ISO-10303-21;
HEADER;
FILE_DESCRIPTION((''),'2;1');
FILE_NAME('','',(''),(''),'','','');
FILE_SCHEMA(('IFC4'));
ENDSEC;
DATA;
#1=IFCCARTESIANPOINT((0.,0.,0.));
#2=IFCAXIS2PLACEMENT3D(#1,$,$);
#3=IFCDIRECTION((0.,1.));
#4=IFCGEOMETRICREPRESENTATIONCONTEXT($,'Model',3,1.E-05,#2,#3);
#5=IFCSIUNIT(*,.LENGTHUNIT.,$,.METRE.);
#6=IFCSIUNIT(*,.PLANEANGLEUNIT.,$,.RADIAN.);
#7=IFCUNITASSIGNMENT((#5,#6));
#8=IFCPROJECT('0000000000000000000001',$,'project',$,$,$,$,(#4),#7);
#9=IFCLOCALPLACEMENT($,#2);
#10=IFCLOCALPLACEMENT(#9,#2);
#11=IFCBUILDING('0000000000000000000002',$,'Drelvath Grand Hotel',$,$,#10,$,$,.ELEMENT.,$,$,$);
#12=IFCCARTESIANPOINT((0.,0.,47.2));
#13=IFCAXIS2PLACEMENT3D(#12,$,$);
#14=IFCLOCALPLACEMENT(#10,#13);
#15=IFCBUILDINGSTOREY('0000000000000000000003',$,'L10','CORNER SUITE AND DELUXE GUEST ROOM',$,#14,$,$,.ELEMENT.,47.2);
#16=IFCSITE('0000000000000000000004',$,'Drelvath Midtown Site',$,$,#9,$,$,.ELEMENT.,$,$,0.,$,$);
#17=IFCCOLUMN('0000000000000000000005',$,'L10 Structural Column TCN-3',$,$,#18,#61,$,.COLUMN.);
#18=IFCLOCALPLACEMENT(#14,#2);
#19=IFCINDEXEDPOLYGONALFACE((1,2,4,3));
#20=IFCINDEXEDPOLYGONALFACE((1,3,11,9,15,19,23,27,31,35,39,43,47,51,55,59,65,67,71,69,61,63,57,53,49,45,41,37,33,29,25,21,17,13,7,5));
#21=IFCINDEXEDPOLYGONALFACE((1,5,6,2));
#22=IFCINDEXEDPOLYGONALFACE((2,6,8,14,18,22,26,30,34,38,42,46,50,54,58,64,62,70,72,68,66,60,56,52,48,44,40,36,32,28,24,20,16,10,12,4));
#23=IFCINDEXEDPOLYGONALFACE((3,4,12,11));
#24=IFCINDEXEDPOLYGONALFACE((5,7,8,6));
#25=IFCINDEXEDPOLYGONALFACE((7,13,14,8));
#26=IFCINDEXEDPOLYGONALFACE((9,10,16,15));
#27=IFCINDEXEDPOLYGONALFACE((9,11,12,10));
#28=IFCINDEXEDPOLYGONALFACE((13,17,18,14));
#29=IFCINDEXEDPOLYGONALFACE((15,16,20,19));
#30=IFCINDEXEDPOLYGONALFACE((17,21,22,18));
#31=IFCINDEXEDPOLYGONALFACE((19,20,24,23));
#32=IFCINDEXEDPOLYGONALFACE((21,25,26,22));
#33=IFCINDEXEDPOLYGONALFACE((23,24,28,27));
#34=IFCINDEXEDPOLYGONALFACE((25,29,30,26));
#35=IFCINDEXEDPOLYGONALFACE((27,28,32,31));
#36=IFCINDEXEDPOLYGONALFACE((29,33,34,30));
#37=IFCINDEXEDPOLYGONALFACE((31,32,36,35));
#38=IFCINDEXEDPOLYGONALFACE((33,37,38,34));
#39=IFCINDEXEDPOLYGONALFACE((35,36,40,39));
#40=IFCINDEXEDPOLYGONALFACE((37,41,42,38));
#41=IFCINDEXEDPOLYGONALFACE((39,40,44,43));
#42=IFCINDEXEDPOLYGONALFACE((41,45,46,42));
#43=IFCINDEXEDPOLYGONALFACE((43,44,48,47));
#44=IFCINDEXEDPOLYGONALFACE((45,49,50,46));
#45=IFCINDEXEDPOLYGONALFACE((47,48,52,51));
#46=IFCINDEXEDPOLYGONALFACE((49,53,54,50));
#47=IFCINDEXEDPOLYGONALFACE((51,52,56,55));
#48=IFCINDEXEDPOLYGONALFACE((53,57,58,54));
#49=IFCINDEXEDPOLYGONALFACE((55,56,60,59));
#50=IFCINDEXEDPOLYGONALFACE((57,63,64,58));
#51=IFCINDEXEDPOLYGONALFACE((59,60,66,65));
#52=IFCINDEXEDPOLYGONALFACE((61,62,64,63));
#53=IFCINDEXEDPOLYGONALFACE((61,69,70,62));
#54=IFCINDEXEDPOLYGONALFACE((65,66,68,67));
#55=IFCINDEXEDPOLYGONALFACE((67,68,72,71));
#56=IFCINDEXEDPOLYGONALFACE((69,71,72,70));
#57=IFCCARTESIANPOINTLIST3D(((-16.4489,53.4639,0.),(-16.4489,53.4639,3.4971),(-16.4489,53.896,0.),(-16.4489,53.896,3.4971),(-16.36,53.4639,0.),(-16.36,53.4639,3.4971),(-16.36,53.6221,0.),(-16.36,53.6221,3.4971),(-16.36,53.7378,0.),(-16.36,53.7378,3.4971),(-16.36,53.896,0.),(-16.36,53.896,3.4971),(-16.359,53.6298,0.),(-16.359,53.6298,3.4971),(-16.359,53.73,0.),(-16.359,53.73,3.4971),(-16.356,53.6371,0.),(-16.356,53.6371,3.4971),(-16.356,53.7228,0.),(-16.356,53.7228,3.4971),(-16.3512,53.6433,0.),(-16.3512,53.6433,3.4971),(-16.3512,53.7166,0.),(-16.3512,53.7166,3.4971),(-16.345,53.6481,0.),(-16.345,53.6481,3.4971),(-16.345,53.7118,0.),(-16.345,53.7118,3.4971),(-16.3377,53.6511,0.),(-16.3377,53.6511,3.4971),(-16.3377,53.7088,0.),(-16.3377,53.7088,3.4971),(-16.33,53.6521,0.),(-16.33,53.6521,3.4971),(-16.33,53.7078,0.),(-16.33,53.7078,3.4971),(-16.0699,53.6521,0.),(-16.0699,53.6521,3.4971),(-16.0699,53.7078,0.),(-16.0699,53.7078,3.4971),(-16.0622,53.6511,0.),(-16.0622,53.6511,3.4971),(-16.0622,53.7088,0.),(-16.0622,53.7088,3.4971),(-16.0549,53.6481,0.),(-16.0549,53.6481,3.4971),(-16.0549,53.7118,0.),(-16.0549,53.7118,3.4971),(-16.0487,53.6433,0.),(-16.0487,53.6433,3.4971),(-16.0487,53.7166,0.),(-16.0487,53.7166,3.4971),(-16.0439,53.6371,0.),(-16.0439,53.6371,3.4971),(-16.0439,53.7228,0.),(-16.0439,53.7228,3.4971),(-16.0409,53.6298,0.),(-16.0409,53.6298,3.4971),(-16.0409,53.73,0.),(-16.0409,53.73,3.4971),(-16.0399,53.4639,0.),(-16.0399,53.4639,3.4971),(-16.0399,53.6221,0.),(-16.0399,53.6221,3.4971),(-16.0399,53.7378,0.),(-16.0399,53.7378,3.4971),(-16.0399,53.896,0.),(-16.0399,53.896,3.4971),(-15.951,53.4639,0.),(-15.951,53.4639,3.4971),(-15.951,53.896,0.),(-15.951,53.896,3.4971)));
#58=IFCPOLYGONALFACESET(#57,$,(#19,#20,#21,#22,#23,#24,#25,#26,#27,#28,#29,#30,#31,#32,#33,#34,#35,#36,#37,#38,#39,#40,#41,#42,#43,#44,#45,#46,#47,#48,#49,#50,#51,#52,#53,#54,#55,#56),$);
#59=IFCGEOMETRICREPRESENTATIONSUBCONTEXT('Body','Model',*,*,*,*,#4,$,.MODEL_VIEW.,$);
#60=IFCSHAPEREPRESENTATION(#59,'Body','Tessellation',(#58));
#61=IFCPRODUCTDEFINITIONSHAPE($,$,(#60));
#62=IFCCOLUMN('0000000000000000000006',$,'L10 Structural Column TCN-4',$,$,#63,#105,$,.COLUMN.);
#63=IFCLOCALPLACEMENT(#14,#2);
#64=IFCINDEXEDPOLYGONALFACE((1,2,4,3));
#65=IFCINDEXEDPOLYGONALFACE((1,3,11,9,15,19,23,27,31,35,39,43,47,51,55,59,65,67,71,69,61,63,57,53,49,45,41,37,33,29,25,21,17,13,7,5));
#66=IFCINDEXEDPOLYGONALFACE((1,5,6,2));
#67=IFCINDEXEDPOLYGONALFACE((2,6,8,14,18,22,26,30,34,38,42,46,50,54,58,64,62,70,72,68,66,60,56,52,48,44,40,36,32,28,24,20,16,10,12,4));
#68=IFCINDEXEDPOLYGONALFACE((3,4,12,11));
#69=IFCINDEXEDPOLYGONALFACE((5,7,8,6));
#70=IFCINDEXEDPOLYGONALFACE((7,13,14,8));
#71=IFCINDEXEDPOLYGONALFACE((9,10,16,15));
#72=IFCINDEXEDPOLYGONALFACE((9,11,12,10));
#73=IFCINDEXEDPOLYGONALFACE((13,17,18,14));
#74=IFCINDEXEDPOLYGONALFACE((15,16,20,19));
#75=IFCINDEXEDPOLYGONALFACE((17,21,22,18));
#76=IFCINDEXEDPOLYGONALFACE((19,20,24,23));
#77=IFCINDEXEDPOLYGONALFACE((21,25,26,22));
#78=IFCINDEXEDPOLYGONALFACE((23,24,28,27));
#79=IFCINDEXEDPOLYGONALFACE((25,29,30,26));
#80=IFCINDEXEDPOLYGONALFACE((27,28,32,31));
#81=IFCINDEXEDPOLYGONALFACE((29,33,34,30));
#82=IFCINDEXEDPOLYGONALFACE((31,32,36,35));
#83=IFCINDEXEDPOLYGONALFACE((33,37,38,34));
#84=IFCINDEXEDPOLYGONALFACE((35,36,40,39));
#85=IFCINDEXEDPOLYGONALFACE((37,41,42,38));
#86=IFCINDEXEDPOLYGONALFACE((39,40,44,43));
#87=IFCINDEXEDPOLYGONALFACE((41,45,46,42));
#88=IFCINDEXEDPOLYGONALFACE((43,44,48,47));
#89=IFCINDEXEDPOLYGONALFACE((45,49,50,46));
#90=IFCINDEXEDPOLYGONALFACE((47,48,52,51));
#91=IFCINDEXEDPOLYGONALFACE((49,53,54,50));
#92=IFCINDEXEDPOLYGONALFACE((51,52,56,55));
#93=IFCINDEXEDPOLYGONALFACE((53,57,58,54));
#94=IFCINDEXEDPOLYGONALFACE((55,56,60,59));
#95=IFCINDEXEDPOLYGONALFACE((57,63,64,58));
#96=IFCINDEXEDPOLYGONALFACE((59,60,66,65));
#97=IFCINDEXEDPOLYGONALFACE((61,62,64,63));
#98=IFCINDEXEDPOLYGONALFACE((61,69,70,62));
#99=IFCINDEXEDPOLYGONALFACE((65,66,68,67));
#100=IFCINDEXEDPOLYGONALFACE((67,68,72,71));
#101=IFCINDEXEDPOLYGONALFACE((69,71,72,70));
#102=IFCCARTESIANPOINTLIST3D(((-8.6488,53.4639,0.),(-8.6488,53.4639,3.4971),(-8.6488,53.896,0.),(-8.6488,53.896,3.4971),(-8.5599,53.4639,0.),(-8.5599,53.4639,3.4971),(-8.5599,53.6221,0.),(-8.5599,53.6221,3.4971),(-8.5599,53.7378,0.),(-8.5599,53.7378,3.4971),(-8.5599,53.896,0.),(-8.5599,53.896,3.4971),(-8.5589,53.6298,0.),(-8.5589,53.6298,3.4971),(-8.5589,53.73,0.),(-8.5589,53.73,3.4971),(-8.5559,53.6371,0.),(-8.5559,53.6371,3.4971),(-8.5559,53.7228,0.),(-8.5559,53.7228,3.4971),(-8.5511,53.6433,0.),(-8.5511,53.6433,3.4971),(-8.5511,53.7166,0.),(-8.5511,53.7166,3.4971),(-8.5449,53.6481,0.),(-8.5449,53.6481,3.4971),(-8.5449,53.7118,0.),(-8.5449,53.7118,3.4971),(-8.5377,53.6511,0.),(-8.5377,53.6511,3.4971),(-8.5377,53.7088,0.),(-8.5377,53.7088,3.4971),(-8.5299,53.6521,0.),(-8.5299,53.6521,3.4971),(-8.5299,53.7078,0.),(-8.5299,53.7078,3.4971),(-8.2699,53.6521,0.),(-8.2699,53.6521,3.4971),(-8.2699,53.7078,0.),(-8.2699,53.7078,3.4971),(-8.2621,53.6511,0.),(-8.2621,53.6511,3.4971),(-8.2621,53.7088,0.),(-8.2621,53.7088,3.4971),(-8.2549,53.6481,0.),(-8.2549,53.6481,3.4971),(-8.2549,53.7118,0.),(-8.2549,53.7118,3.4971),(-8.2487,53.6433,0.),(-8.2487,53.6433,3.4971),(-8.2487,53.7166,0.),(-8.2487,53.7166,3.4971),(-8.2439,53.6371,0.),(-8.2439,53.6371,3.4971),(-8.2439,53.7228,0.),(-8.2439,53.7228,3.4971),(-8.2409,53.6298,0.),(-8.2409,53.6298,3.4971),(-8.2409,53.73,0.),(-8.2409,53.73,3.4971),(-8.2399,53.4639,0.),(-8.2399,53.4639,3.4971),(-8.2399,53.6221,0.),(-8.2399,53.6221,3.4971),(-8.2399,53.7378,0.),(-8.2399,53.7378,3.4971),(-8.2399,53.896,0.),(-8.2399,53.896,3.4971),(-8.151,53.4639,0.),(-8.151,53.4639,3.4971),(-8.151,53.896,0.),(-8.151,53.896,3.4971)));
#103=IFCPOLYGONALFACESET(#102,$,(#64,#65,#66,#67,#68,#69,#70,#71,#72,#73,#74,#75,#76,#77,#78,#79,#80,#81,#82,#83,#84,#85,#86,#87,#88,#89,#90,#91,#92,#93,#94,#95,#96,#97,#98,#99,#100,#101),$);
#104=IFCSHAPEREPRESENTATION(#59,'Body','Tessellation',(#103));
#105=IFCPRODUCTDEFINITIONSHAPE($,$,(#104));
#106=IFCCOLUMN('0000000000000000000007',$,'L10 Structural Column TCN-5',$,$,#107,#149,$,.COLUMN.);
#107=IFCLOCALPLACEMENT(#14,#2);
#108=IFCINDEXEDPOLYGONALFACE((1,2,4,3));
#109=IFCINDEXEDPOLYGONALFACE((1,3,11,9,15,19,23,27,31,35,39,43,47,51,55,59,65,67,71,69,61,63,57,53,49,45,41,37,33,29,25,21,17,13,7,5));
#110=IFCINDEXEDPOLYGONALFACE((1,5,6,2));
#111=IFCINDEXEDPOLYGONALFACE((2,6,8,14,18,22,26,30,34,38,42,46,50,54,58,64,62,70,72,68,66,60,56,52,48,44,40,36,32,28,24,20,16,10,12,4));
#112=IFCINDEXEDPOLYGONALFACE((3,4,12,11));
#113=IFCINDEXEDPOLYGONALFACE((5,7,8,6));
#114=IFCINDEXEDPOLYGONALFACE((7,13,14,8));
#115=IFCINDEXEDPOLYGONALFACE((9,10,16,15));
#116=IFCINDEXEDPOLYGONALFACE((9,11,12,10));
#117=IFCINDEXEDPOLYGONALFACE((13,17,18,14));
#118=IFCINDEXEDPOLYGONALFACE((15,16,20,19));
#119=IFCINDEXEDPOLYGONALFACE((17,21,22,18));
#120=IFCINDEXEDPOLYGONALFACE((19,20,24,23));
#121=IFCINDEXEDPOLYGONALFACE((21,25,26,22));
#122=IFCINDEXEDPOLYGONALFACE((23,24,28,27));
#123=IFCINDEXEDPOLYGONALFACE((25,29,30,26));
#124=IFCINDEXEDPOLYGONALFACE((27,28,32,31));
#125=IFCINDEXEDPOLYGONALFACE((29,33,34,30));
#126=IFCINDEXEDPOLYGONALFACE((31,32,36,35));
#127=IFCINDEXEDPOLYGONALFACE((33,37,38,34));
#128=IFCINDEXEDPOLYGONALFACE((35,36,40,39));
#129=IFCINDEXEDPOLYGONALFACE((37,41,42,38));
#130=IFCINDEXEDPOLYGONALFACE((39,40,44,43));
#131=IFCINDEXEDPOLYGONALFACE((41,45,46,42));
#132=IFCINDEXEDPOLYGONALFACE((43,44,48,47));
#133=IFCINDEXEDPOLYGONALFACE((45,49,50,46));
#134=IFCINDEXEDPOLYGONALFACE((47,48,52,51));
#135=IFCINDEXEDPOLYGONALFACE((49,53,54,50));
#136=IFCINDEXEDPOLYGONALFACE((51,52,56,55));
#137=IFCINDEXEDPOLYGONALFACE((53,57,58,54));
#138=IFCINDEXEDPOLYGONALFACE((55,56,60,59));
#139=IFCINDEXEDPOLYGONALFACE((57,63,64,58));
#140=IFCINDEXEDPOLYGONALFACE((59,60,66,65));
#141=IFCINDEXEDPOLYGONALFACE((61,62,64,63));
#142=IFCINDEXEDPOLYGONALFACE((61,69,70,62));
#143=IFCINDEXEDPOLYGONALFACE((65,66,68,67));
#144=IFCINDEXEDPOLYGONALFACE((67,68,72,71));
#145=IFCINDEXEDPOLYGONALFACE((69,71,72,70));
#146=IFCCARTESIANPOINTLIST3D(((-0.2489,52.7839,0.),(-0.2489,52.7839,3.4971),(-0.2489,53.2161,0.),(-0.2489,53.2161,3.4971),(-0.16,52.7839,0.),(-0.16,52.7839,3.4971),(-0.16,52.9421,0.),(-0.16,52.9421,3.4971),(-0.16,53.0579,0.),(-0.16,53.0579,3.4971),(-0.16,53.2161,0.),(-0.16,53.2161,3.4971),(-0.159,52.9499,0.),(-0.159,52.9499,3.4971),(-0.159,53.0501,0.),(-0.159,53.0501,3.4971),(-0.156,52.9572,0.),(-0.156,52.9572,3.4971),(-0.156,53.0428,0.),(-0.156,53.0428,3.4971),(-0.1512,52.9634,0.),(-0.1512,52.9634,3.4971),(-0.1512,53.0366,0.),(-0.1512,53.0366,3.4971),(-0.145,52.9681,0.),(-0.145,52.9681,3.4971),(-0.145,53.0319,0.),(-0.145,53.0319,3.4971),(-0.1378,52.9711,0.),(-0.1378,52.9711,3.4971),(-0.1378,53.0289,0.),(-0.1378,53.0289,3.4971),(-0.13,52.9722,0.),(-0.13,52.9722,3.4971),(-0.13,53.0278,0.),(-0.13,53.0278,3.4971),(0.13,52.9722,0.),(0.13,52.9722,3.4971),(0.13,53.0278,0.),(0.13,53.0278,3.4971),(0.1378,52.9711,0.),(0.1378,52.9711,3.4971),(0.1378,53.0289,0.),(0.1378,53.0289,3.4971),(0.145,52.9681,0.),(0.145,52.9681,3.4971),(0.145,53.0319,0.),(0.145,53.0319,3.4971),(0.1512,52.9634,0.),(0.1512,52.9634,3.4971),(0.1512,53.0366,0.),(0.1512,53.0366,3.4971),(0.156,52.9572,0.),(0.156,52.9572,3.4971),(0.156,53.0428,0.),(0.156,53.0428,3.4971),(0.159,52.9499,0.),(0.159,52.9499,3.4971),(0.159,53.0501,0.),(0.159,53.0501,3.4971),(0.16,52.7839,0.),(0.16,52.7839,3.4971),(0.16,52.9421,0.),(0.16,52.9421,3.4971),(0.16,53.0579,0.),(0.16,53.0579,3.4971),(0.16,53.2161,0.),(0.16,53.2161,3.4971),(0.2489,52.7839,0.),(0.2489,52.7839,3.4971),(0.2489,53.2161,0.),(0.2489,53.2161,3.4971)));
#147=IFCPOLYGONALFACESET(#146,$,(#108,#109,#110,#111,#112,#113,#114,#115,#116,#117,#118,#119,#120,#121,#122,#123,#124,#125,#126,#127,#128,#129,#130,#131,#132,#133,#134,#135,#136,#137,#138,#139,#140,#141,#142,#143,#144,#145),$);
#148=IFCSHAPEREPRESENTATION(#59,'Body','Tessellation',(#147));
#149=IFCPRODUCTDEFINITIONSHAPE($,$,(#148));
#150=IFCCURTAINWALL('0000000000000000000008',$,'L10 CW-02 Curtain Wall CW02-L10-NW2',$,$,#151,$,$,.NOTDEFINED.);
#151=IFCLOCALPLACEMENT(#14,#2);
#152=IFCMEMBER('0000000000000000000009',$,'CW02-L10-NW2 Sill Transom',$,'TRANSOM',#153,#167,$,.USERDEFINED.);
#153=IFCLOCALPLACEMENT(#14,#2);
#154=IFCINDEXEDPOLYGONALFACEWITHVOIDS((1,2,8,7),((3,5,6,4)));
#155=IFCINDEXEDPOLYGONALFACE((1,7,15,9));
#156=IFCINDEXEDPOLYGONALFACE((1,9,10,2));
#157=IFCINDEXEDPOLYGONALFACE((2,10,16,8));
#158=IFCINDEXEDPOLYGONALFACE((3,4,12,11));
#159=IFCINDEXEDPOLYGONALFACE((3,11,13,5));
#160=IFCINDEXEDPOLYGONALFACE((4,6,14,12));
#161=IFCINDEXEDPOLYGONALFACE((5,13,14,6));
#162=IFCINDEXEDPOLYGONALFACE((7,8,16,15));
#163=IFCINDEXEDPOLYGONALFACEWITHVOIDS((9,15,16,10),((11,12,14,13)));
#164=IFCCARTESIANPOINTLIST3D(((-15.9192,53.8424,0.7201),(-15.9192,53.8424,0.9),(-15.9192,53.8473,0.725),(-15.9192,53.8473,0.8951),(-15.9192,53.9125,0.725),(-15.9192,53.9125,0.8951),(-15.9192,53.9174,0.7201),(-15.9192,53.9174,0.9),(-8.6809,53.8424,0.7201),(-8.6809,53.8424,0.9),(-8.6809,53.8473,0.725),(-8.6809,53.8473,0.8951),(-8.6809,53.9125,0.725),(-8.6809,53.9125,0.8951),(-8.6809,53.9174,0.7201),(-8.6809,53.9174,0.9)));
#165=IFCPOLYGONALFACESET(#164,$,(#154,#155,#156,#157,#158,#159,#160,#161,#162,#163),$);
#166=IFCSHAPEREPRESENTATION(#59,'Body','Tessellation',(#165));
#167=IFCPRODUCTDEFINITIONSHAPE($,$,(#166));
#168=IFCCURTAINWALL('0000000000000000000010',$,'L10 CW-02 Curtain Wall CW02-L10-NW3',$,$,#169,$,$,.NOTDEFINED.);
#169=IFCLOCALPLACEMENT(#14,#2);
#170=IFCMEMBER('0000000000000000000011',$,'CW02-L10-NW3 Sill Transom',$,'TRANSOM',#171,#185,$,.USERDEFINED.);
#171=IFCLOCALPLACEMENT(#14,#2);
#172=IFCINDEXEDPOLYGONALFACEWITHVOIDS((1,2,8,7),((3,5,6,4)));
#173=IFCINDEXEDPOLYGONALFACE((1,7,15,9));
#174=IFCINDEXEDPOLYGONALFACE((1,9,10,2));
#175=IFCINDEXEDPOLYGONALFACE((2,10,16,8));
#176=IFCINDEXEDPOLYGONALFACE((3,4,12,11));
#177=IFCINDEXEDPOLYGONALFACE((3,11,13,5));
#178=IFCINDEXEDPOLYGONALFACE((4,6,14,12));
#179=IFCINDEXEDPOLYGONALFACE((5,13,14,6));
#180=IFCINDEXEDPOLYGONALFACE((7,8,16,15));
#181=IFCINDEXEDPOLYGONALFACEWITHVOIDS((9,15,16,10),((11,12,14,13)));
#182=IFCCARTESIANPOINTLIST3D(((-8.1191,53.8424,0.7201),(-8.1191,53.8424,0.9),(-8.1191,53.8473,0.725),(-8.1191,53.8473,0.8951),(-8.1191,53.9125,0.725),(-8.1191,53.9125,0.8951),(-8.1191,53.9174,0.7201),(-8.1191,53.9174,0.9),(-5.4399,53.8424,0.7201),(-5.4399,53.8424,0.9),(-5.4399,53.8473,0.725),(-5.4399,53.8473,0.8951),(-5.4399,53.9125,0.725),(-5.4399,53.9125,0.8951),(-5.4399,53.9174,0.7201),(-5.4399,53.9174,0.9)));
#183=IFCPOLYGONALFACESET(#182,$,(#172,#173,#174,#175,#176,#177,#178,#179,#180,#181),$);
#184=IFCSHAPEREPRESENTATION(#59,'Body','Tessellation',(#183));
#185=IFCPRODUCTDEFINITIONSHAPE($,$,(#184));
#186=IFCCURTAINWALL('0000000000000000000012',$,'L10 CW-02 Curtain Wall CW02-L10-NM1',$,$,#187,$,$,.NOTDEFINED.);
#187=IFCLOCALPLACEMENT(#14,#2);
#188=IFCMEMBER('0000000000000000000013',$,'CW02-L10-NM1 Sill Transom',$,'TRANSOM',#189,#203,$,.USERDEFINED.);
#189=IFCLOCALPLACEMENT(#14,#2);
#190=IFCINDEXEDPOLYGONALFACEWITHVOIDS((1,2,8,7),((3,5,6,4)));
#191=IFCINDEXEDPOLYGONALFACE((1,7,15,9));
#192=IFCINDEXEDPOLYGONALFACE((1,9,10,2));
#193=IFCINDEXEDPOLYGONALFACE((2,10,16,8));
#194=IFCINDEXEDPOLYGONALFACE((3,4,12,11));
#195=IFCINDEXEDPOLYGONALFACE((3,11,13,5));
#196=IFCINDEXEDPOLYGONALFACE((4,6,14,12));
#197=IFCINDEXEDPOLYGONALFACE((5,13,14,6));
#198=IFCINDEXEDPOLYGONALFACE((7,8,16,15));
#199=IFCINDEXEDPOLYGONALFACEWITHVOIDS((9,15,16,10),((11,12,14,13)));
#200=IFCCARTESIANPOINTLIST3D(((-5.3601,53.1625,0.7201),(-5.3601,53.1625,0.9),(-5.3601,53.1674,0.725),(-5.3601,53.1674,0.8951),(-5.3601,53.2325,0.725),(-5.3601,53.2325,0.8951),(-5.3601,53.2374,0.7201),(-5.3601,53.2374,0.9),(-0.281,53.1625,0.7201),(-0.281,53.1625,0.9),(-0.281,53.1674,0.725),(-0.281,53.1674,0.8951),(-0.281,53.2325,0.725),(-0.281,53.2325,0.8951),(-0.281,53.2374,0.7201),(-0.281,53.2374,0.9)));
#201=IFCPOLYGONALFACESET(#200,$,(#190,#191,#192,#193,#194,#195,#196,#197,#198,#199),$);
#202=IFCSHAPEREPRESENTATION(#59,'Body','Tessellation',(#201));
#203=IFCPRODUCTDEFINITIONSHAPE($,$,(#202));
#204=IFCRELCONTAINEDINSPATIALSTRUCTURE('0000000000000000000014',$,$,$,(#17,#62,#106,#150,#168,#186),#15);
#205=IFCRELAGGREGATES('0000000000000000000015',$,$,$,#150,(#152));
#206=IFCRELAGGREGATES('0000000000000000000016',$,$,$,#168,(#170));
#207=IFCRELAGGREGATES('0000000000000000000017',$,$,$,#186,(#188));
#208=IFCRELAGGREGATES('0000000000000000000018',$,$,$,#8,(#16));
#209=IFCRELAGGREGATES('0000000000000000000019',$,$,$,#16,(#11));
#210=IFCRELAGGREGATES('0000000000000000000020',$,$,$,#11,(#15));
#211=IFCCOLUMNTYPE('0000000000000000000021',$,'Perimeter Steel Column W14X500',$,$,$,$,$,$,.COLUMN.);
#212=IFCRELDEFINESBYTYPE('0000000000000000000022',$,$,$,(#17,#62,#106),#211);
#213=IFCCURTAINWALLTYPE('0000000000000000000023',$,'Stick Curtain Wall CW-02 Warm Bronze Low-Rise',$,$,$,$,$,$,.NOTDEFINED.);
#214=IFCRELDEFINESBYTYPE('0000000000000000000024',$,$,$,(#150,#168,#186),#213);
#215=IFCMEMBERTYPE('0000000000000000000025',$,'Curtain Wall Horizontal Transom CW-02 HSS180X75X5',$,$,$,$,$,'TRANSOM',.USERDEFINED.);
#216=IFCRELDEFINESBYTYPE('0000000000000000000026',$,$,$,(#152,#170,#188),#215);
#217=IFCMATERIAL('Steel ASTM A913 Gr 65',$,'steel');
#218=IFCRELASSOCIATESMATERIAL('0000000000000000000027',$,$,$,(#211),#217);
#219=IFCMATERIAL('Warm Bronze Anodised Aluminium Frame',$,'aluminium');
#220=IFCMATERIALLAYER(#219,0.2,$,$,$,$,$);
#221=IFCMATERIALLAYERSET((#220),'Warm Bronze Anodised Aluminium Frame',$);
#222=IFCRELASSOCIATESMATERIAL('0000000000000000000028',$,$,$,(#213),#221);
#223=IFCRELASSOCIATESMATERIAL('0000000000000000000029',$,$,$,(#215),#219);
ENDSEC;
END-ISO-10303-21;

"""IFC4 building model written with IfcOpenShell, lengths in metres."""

from ifc_helpers import new_model, si_unit, direction, frame, origin, origin_2d, place, context, subcontext, project, spatial, hollow_rectangle, i_section, extrude, material, layer, layer_set, material_profile, profile_set, type_object, element, aggregate, save


model = new_model("IFC4")

# Units and contexts
model_context = context("Model", 3, precision=1e-05, world=origin(), true_north=direction((0.0, 1.0)))
body_context = subcontext(model_context, "Body", "Model", "MODEL_VIEW")
ifc_project = project(units=[si_unit("LENGTHUNIT", "METRE"), si_unit("PLANEANGLEUNIT", "RADIAN")], contexts=[model_context])

# Site, building, storey
site_placement = place(None, origin())
site = spatial("IfcSite", under=ifc_project, at=site_placement, Name="Drelvath Midtown Site", CompositionType="ELEMENT", RefElevation=0.0)
building_placement = place(site_placement, origin())
building = spatial("IfcBuilding", under=site, at=building_placement, Name="Drelvath Grand Hotel", CompositionType="ELEMENT")
storey_placement = place(building_placement, frame((0.0, 0.0, 47.2)))
storey = spatial("IfcBuildingStorey", under=building, at=storey_placement, Name="L10", Description="CORNER SUITE AND DELUXE GUEST ROOM", CompositionType="ELEMENT", Elevation=47.2)

# Columns
ifc_material_1 = material(Name="Steel ASTM A913 Gr 65", Category="steel")
ifc_material_profile_1 = material_profile(ifc_material_1, i_section(OverallWidth=0.4321, OverallDepth=0.4978, WebThickness=0.0557, FlangeThickness=0.0889, FilletRadius=0.03, at=origin_2d()), Name="W14X500")
ifc_profile_set_1 = profile_set([ifc_material_profile_1], Name="Steel ASTM A913 Gr 65")
column_type = type_object("IfcColumnType", Name="Perimeter Steel Column W14X500", PredefinedType="COLUMN", material=ifc_profile_set_1)
for number, where, z_axis, x_axis, name in (
    (1, (-16.2, 53.6799, 0.0), (0.0, 0.0, 1.0), (0.0, 1.0, 0.0), "L10 Structural Column TCN-3"),
    (2, (-8.3999, 53.6799, 0.0), (0.0, 0.0, 1.0), (0.0, 1.0, 0.0), "L10 Structural Column TCN-4"),
    (3, (0.0, 53.0, 0.0), (0.0, 0.0, 1.0), (0.0, 1.0, 0.0), "L10 Structural Column TCN-5"),
):
    element("IfcColumn", number, at=place(storey_placement, frame(where, z_axis=z_axis, x_axis=x_axis)), inside=storey, type_object=column_type, Name=name, PredefinedType="COLUMN", context=body_context, shape_type="SweptSolid", body=[
        extrude(i_section(OverallWidth=0.4321, OverallDepth=0.4978, WebThickness=0.0557, FlangeThickness=0.0889, FilletRadius=0.03, at=origin_2d()), origin(), (0.0, 0.0, 1.0), 3.4971),
    ])

# Curtain walls, members
ifc_material_2 = material(Name="Warm Bronze Anodised Aluminium Frame", Category="aluminium")
ifc_layer_1 = layer(ifc_material_2, 0.2)
ifc_layer_set_1 = layer_set([ifc_layer_1], Name="Warm Bronze Anodised Aluminium Frame")
curtain_wall_type = type_object("IfcCurtainWallType", Name="Stick Curtain Wall CW-02 Warm Bronze Low-Rise", PredefinedType="NOTDEFINED", material=ifc_layer_set_1)
curtain_wall_1_placement = place(storey_placement, origin())
curtain_wall_1 = element("IfcCurtainWall", 4, at=curtain_wall_1_placement, inside=storey, type_object=curtain_wall_type, Name="L10 CW-02 Curtain Wall CW02-L10-NW2", PredefinedType="NOTDEFINED")
ifc_material_profile_2 = material_profile(ifc_material_2, hollow_rectangle(XDim=0.075, YDim=0.1799, WallThickness=0.0049, at=origin_2d()), Name="HSS180X75X5")
ifc_profile_set_2 = profile_set([ifc_material_profile_2], Name="Warm Bronze Anodised Aluminium Frame")
member_type_1 = type_object("IfcMemberType", Name="Curtain Wall Horizontal Transom CW-02 HSS180X75X5", ElementType="TRANSOM", PredefinedType="USERDEFINED", material=ifc_profile_set_2)
member_1_placement = place(storey_placement, frame((-15.9192, 53.8799, 0.8101), z_axis=(1.0, 0.0, 0.0), x_axis=(0.0, 1.0, 0.0)))
member_1 = element("IfcMember", 5, at=member_1_placement, type_object=member_type_1, Name="CW02-L10-NW2 Sill Transom", ObjectType="TRANSOM", PredefinedType="USERDEFINED", context=body_context, shape_type="SweptSolid", body=[
    extrude(hollow_rectangle(XDim=0.075, YDim=0.1799, WallThickness=0.0049, at=origin_2d()), origin(), (0.0, 0.0, 1.0), 7.2383),
])
curtain_wall_2_placement = place(storey_placement, origin())
curtain_wall_2 = element("IfcCurtainWall", 6, at=curtain_wall_2_placement, inside=storey, type_object=curtain_wall_type, Name="L10 CW-02 Curtain Wall CW02-L10-NW3", PredefinedType="NOTDEFINED")
member_2_placement = place(storey_placement, frame((-8.1191, 53.8799, 0.8101), z_axis=(1.0, 0.0, 0.0), x_axis=(0.0, 1.0, 0.0)))
member_2 = element("IfcMember", 7, at=member_2_placement, type_object=member_type_1, Name="CW02-L10-NW3 Sill Transom", ObjectType="TRANSOM", PredefinedType="USERDEFINED", context=body_context, shape_type="SweptSolid", body=[
    extrude(hollow_rectangle(XDim=0.075, YDim=0.1799, WallThickness=0.0049, at=origin_2d()), origin(), (0.0, 0.0, 1.0), 2.6792),
])
curtain_wall_3_placement = place(storey_placement, origin())
curtain_wall_3 = element("IfcCurtainWall", 8, at=curtain_wall_3_placement, inside=storey, type_object=curtain_wall_type, Name="L10 CW-02 Curtain Wall CW02-L10-NM1", PredefinedType="NOTDEFINED")
member_3_placement = place(storey_placement, frame((-5.3601, 53.2, 0.8101), z_axis=(1.0, 0.0, 0.0), x_axis=(0.0, 1.0, 0.0)))
member_3 = element("IfcMember", 9, at=member_3_placement, type_object=member_type_1, Name="CW02-L10-NM1 Sill Transom", ObjectType="TRANSOM", PredefinedType="USERDEFINED", context=body_context, shape_type="SweptSolid", body=[
    extrude(hollow_rectangle(XDim=0.075, YDim=0.1799, WallThickness=0.0049, at=origin_2d()), origin(), (0.0, 0.0, 1.0), 5.0791),
])

aggregate(curtain_wall_1, [member_1])
aggregate(curtain_wall_2, [member_2])
aggregate(curtain_wall_3, [member_3])

save(model, "model.ifc")
